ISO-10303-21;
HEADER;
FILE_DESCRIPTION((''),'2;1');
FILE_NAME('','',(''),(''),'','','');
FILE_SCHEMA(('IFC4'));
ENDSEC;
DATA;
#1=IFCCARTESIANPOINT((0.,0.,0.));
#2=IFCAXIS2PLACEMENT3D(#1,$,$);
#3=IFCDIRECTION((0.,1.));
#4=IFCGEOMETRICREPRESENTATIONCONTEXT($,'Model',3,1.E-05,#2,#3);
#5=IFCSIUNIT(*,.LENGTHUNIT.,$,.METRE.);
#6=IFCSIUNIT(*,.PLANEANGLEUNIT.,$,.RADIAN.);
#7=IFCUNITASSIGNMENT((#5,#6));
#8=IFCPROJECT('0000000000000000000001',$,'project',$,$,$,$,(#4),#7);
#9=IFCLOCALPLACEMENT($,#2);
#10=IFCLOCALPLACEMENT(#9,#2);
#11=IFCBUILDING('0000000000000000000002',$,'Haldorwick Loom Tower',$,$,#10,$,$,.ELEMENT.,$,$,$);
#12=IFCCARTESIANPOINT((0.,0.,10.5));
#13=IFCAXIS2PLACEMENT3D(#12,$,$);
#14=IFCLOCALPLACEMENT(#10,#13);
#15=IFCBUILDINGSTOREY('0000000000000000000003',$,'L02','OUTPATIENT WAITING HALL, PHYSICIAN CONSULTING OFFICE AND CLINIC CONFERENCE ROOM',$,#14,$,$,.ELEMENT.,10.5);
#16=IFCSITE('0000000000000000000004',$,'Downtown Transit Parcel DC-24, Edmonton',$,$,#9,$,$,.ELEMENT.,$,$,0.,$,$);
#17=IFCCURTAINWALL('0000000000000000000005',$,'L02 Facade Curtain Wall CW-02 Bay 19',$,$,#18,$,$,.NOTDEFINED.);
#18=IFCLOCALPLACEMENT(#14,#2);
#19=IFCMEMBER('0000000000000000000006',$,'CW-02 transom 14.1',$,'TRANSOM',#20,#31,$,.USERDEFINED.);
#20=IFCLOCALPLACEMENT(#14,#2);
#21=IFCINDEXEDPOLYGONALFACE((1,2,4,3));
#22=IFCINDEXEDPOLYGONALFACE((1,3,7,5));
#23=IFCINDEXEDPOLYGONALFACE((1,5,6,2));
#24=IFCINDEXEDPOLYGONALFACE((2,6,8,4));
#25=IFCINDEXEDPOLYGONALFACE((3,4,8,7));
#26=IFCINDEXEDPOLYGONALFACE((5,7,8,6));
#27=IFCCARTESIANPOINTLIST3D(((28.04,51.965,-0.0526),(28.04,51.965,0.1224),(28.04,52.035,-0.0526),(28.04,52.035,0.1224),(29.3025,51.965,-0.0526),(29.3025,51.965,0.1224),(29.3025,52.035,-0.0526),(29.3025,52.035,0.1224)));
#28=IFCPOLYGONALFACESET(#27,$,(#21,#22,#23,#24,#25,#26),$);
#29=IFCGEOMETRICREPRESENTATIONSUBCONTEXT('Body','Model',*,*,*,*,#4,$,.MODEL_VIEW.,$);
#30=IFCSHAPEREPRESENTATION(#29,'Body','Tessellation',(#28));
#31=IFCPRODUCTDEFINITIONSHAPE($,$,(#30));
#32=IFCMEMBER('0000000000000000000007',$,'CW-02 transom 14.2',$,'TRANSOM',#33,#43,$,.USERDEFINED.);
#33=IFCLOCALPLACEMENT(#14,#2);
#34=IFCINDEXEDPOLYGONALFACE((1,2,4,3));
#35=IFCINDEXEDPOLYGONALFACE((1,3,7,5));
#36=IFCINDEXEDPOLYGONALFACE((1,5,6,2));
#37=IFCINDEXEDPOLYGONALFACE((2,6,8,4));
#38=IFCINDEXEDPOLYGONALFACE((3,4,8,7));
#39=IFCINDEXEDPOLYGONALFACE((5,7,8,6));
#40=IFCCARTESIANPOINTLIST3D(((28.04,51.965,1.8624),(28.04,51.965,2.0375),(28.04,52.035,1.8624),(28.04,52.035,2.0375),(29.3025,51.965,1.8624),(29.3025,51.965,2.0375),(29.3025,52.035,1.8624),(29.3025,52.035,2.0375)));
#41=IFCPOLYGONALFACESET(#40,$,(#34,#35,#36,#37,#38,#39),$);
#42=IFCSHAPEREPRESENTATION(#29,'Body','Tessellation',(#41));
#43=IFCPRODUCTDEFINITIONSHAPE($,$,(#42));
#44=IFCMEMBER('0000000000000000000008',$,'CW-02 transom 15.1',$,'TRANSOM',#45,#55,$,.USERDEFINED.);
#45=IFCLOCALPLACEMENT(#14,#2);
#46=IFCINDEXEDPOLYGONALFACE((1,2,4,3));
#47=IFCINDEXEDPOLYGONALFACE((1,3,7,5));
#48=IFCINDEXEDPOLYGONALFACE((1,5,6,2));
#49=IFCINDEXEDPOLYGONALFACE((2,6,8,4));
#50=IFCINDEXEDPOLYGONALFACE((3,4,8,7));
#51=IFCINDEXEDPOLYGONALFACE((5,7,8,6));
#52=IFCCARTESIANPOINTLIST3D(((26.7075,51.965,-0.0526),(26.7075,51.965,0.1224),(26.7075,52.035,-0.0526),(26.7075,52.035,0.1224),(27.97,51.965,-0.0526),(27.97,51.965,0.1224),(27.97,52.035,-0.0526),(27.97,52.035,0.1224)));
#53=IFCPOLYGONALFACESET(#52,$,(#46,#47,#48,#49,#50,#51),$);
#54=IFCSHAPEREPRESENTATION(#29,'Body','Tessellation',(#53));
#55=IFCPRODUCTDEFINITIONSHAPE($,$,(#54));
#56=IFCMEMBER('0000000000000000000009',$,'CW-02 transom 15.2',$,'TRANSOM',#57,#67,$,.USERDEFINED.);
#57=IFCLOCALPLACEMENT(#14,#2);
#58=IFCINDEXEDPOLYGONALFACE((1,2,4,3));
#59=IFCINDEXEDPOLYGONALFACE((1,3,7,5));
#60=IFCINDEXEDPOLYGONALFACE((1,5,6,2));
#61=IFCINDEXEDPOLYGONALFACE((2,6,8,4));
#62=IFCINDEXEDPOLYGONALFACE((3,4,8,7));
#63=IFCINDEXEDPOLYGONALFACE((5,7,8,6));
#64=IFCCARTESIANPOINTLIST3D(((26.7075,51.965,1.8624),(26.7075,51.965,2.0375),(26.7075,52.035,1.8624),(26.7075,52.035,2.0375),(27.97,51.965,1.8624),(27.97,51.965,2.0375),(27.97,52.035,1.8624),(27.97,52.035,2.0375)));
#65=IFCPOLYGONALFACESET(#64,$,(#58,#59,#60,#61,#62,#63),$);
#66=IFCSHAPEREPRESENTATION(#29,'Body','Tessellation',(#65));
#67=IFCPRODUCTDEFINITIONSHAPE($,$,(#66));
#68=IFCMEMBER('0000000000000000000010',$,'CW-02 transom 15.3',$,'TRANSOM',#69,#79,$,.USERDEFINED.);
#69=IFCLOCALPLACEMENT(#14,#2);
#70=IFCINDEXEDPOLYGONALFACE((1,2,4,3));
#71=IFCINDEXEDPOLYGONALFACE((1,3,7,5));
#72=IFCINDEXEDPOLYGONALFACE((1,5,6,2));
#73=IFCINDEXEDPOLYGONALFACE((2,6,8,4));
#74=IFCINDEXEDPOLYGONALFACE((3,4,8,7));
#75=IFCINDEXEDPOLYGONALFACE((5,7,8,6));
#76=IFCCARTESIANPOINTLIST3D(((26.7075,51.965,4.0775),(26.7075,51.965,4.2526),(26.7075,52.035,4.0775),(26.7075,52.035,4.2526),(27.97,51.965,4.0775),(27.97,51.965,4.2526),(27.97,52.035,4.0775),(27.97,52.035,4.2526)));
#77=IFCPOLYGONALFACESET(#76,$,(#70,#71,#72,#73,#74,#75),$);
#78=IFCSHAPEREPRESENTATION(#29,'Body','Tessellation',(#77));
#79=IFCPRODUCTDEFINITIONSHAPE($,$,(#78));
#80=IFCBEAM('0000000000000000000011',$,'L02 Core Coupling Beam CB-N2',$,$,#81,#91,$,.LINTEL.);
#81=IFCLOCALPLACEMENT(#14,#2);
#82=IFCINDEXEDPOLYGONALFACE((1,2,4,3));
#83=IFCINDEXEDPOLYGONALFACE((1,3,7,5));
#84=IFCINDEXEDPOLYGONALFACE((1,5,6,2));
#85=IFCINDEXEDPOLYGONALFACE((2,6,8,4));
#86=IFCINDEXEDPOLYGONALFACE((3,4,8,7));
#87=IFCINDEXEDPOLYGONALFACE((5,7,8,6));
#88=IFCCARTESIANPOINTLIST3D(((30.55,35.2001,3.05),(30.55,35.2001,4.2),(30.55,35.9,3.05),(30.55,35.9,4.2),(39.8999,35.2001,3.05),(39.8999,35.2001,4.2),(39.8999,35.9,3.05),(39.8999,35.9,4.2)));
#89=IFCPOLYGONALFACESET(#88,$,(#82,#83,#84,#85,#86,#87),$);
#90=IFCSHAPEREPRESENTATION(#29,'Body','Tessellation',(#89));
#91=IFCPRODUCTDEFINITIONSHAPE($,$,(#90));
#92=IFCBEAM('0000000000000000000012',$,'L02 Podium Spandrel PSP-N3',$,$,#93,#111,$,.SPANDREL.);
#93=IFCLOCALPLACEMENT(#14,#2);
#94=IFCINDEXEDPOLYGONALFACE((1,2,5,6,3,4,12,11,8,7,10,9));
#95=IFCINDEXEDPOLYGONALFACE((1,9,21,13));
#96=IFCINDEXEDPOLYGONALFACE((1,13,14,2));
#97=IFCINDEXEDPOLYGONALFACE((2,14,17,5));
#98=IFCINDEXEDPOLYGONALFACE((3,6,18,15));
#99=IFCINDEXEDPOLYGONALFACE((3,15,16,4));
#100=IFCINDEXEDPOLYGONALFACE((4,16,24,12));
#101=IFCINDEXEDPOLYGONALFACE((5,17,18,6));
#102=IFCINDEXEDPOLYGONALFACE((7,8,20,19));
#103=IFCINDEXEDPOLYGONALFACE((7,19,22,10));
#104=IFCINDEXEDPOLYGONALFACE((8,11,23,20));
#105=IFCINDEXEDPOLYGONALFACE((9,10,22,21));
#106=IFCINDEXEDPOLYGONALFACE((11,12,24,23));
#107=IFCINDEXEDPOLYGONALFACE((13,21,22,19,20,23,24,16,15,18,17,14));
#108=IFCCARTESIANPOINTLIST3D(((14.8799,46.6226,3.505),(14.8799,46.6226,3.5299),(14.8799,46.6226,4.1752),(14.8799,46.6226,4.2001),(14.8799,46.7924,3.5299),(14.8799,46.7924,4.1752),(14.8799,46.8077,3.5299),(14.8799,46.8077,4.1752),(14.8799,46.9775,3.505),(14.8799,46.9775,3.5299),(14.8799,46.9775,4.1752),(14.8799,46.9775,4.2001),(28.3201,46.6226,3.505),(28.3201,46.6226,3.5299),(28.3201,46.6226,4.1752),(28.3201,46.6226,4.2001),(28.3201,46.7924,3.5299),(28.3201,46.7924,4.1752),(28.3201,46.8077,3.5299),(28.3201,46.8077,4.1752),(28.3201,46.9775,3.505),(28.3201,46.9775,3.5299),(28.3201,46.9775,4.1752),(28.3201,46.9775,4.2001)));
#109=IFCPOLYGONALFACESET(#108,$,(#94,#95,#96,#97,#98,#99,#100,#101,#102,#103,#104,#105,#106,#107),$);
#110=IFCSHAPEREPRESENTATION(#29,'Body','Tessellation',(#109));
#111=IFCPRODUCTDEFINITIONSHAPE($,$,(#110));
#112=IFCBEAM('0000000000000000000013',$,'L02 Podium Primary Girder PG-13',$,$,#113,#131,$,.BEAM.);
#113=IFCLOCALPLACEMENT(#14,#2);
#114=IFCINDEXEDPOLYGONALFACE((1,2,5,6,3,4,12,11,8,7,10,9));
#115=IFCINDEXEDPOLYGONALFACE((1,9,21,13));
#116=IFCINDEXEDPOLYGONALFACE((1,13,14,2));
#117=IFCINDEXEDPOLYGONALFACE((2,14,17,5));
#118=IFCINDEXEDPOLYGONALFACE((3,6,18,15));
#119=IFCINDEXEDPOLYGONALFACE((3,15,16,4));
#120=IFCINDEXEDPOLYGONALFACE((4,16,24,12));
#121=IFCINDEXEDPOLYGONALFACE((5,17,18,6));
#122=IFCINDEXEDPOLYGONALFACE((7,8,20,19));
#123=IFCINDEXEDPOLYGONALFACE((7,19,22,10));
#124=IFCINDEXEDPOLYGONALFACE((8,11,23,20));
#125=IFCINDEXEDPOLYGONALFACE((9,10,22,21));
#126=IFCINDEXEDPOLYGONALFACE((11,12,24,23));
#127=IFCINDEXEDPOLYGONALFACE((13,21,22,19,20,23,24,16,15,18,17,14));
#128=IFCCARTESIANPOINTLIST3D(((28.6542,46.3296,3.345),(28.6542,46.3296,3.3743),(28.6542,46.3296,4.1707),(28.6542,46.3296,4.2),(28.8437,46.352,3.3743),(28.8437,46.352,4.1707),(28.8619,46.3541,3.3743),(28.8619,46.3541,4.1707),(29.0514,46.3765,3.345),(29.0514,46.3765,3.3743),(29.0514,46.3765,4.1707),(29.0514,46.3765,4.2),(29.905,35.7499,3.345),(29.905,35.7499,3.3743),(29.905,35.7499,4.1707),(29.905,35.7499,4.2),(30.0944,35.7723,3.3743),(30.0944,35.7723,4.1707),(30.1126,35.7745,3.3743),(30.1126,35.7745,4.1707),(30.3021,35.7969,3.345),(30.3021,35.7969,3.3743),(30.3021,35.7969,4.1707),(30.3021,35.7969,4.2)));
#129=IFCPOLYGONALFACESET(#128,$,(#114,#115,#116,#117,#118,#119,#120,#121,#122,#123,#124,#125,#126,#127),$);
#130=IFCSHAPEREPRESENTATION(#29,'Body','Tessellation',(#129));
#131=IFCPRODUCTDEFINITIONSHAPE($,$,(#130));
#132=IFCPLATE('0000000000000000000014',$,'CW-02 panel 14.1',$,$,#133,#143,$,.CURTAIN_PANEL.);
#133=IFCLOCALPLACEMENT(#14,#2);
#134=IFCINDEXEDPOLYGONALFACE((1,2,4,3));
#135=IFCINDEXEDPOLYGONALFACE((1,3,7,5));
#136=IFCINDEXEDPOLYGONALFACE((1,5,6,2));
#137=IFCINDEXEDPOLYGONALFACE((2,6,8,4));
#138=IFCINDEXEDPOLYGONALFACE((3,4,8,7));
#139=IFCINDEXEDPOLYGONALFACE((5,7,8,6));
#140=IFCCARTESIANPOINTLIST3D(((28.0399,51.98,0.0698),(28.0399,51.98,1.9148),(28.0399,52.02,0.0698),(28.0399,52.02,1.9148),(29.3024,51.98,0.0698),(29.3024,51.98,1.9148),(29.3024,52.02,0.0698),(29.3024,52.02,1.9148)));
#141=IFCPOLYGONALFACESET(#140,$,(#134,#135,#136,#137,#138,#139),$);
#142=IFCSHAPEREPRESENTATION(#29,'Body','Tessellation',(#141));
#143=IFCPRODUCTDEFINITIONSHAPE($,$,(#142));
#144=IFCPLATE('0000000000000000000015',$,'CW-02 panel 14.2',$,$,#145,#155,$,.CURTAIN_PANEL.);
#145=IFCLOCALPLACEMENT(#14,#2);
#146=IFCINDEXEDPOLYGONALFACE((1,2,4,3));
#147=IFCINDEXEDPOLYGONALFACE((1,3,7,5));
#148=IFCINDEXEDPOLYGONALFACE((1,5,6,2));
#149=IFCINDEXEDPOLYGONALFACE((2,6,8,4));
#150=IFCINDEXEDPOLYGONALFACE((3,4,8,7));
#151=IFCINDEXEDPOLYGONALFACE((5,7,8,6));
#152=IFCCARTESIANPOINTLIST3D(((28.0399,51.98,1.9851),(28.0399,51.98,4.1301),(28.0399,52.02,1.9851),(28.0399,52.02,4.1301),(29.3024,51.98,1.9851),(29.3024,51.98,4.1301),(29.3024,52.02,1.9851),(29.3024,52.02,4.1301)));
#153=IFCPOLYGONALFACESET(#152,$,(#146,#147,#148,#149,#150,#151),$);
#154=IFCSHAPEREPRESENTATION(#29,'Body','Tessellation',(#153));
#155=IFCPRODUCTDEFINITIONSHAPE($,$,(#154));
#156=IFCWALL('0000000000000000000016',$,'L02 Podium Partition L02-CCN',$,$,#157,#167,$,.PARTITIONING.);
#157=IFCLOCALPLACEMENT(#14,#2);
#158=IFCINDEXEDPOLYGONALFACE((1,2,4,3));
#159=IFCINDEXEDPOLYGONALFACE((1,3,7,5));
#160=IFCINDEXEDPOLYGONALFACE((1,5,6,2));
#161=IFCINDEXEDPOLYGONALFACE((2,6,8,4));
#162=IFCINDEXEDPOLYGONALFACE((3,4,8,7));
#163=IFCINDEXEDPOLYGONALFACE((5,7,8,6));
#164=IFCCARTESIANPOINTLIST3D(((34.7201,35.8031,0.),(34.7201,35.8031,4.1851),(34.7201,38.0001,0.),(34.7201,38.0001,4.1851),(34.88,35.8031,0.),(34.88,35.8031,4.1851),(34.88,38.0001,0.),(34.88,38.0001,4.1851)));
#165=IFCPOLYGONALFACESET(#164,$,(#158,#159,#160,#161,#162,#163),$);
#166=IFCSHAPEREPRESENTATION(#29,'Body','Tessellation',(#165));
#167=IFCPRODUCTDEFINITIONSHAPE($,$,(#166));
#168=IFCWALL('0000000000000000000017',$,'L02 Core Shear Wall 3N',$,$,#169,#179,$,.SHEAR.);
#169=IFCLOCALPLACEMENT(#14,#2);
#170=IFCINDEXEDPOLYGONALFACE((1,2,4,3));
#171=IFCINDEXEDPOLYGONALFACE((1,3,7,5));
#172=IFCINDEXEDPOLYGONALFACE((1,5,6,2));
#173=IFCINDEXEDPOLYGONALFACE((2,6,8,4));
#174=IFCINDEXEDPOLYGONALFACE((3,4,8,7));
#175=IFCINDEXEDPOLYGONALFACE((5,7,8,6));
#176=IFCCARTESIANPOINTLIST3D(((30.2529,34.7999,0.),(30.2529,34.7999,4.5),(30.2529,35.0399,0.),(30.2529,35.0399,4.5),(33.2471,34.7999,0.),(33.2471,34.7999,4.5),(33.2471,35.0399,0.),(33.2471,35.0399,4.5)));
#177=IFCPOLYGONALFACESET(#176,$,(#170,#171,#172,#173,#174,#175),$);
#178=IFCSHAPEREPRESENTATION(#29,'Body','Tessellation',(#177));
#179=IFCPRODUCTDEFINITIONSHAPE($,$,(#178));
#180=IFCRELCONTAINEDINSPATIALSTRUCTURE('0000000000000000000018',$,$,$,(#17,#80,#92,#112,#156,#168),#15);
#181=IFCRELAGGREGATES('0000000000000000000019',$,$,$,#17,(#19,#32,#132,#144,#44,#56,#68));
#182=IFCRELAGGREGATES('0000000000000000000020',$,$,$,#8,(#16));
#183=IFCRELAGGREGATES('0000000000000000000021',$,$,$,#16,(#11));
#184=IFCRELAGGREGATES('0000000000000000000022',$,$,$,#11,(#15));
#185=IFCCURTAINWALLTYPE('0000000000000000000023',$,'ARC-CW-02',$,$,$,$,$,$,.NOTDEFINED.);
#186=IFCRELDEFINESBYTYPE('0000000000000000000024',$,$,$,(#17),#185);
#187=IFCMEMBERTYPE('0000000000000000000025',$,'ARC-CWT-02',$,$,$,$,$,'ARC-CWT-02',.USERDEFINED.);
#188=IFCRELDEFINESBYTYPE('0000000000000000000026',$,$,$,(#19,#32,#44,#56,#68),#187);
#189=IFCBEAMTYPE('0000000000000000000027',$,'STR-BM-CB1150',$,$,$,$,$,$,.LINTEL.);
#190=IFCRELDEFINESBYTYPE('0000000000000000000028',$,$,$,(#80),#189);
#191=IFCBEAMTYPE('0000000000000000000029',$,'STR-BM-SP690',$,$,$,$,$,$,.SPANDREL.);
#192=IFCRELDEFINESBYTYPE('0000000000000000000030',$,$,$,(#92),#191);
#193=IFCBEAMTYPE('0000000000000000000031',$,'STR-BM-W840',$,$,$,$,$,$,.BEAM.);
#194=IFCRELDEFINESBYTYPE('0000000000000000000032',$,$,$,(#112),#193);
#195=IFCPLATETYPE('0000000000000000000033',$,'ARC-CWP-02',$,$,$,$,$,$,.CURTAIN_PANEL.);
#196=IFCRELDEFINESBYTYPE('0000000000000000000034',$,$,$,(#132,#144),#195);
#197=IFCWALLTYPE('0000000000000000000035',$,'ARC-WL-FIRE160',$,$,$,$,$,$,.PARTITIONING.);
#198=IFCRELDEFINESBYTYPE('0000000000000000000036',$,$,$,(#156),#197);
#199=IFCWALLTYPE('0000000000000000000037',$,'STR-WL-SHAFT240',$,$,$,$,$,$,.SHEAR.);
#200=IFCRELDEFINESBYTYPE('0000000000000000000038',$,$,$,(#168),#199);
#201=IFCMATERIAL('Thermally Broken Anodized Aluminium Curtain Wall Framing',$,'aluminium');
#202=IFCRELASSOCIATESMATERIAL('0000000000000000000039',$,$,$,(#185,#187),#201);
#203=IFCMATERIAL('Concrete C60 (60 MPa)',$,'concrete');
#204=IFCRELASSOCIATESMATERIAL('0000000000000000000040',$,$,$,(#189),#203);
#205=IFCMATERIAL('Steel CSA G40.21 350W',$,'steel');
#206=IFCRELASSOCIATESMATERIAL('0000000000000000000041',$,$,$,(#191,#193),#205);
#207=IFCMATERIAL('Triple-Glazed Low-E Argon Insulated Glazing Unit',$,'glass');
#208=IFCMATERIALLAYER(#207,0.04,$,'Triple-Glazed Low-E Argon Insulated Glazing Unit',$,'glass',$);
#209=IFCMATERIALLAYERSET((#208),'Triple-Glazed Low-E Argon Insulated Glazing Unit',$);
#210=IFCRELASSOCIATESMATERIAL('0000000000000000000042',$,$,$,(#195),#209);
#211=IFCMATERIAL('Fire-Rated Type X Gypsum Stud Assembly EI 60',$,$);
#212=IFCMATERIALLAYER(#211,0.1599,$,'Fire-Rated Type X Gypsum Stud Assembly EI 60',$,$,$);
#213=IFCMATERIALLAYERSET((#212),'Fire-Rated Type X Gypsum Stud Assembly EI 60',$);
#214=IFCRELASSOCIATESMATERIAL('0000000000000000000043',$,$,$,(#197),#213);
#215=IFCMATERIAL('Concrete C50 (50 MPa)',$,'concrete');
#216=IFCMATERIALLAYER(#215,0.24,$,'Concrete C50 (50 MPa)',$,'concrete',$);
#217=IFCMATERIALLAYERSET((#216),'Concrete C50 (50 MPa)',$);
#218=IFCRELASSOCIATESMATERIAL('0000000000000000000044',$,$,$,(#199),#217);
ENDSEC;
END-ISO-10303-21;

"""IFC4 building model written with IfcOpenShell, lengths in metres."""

from ifc_helpers import new_model, si_unit, direction, frame, frame_2d, origin, origin_2d, place, context, subcontext, project, spatial, rectangle, i_section, extrude, material, layer, layer_set, material_profile, profile_set, type_object, element, aggregate, save


model = new_model("IFC4")

# Units and contexts
model_context = context("Model", 3, precision=1e-05, world=origin(), true_north=direction((0.0, 1.0)))
body_context = subcontext(model_context, "Body", "Model", "MODEL_VIEW")
ifc_project = project(units=[si_unit("LENGTHUNIT", "METRE"), si_unit("PLANEANGLEUNIT", "RADIAN")], contexts=[model_context])

# Site, building, storey
site_placement = place(None, origin())
site = spatial("IfcSite", under=ifc_project, at=site_placement, Name="Downtown Transit Parcel DC-24, Edmonton", CompositionType="ELEMENT", RefElevation=0.0)
building_placement = place(site_placement, origin())
building = spatial("IfcBuilding", under=site, at=building_placement, Name="Haldorwick Loom Tower", CompositionType="ELEMENT")
storey_placement = place(building_placement, frame((0.0, 0.0, 10.5)))
storey = spatial("IfcBuildingStorey", under=building, at=storey_placement, Name="L02", Description="OUTPATIENT WAITING HALL, PHYSICIAN CONSULTING OFFICE AND CLINIC CONFERENCE ROOM", CompositionType="ELEMENT", Elevation=10.5)

# Shared definitions
ifc_material_1 = material(Name="Concrete C60 (60 MPa)", Category="concrete")

# Curtain wall, members
ifc_material_2 = material(Name="Thermally Broken Anodized Aluminium Curtain Wall Framing", Category="aluminium")
curtain_wall_type = type_object("IfcCurtainWallType", Name="ARC-CW-02", PredefinedType="NOTDEFINED", material=ifc_material_2)
curtain_wall_placement = place(storey_placement, origin())
curtain_wall = element("IfcCurtainWall", 1, at=curtain_wall_placement, inside=storey, type_object=curtain_wall_type, Name="L02 Facade Curtain Wall CW-02 Bay 19", PredefinedType="NOTDEFINED")
ifc_material_profile_1 = material_profile(ifc_material_2, rectangle(XDim=0.0701, YDim=0.175, at=origin_2d()), Name="ALU_TRN_70X175", Category="aluminium")
ifc_profile_set_1 = profile_set([ifc_material_profile_1], Name="Thermally Broken Anodized Aluminium Curtain Wall Framing")
member_type_1 = type_object("IfcMemberType", Name="ARC-CWT-02", ElementType="ARC-CWT-02", PredefinedType="USERDEFINED", material=ifc_profile_set_1)
member_1_placement = place(storey_placement, frame((29.3025, 52.0, 0.0349), z_axis=(-1.0, 0.0, 0.0), x_axis=(0.0, -1.0, 0.0)))
member_1 = element("IfcMember", 2, at=member_1_placement, type_object=member_type_1, Name="CW-02 transom 14.1", ObjectType="TRANSOM", PredefinedType="USERDEFINED", context=body_context, shape_type="SweptSolid", body=[
    extrude(rectangle(XDim=0.0701, YDim=0.175, at=origin_2d()), origin(), (0.0, 0.0, 1.0), 1.2625),
])
member_2_placement = place(storey_placement, frame((29.3025, 52.0, 1.95), z_axis=(-1.0, 0.0, 0.0), x_axis=(0.0, -1.0, 0.0)))
member_2 = element("IfcMember", 3, at=member_2_placement, type_object=member_type_1, Name="CW-02 transom 14.2", ObjectType="TRANSOM", PredefinedType="USERDEFINED", context=body_context, shape_type="SweptSolid", body=[
    extrude(rectangle(XDim=0.0701, YDim=0.175, at=origin_2d()), origin(), (0.0, 0.0, 1.0), 1.2625),
])
member_3_placement = place(storey_placement, frame((27.97, 52.0, 0.0349), z_axis=(-1.0, 0.0, 0.0), x_axis=(0.0, -1.0, 0.0)))
member_3 = element("IfcMember", 4, at=member_3_placement, type_object=member_type_1, Name="CW-02 transom 15.1", ObjectType="TRANSOM", PredefinedType="USERDEFINED", context=body_context, shape_type="SweptSolid", body=[
    extrude(rectangle(XDim=0.0701, YDim=0.175, at=origin_2d()), origin(), (0.0, 0.0, 1.0), 1.2625),
])
member_4_placement = place(storey_placement, frame((27.97, 52.0, 1.95), z_axis=(-1.0, 0.0, 0.0), x_axis=(0.0, -1.0, 0.0)))
member_4 = element("IfcMember", 5, at=member_4_placement, type_object=member_type_1, Name="CW-02 transom 15.2", ObjectType="TRANSOM", PredefinedType="USERDEFINED", context=body_context, shape_type="SweptSolid", body=[
    extrude(rectangle(XDim=0.0701, YDim=0.175, at=origin_2d()), origin(), (0.0, 0.0, 1.0), 1.2625),
])
member_5_placement = place(storey_placement, frame((27.97, 52.0, 4.165), z_axis=(-1.0, 0.0, 0.0), x_axis=(0.0, -1.0, 0.0)))
member_5 = element("IfcMember", 6, at=member_5_placement, type_object=member_type_1, Name="CW-02 transom 15.3", ObjectType="TRANSOM", PredefinedType="USERDEFINED", context=body_context, shape_type="SweptSolid", body=[
    extrude(rectangle(XDim=0.0701, YDim=0.175, at=origin_2d()), origin(), (0.0, 0.0, 1.0), 1.2625),
])

# Beams
ifc_material_profile_2 = material_profile(ifc_material_1, rectangle(XDim=0.7, YDim=1.1499, at=origin_2d()), Name="RC700X1150", Category="concrete")
ifc_profile_set_2 = profile_set([ifc_material_profile_2], Name="Concrete C60 (60 MPa)")
beam_type_1 = type_object("IfcBeamType", Name="STR-BM-CB1150", PredefinedType="LINTEL", material=ifc_profile_set_2)
beam_1_placement = place(storey_placement, frame((30.55, 35.55, 3.625), z_axis=(1.0, 0.0, 0.0), x_axis=(0.0, 1.0, 0.0)))
element("IfcBeam", 7, at=beam_1_placement, inside=storey, type_object=beam_type_1, Name="L02 Core Coupling Beam CB-N2", PredefinedType="LINTEL", context=body_context, shape_type="SweptSolid", body=[
    extrude(rectangle(XDim=0.7, YDim=1.1499, at=origin_2d()), origin(), (0.0, 0.0, 1.0), 9.3499),
])
ifc_material_3 = material(Name="Steel CSA G40.21 350W", Category="steel")
ifc_material_profile_3 = material_profile(ifc_material_3, i_section(OverallWidth=0.355, OverallDepth=0.6951, WebThickness=0.0154, FlangeThickness=0.0249, at=origin_2d()), Name="W690X217", Category="steel")
ifc_profile_set_3 = profile_set([ifc_material_profile_3], Name="Steel CSA G40.21 350W")
beam_type_2 = type_object("IfcBeamType", Name="STR-BM-SP690", PredefinedType="SPANDREL", material=ifc_profile_set_3)
beam_2_placement = place(storey_placement, frame((28.3201, 46.8, 3.8525), z_axis=(-1.0, 0.0, 0.0), x_axis=(0.0, -1.0, 0.0)))
element("IfcBeam", 8, at=beam_2_placement, inside=storey, type_object=beam_type_2, Name="L02 Podium Spandrel PSP-N3", PredefinedType="SPANDREL", context=body_context, shape_type="SweptSolid", body=[
    extrude(i_section(OverallWidth=0.355, OverallDepth=0.6951, WebThickness=0.0154, FlangeThickness=0.0249, at=origin_2d()), origin(), (0.0, 0.0, 1.0), 13.4402),
])
ifc_material_profile_4 = material_profile(ifc_material_3, i_section(OverallWidth=0.3999, OverallDepth=0.855, WebThickness=0.0183, FlangeThickness=0.0293, at=origin_2d()), Name="W840X299", Category="steel")
ifc_profile_set_4 = profile_set([ifc_material_profile_4], Name="Steel CSA G40.21 350W")
beam_type_3 = type_object("IfcBeamType", Name="STR-BM-W840", PredefinedType="BEAM", material=ifc_profile_set_4)
beam_3_placement = place(storey_placement, frame((28.8528, 46.353, 3.7725), z_axis=(0.117404, -0.993084, 0.0), x_axis=(0.993084, 0.117404, 0.0)))
element("IfcBeam", 9, at=beam_3_placement, inside=storey, type_object=beam_type_3, Name="L02 Podium Primary Girder PG-13", PredefinedType="BEAM", context=body_context, shape_type="SweptSolid", body=[
    extrude(i_section(OverallWidth=0.3999, OverallDepth=0.855, WebThickness=0.0183, FlangeThickness=0.0293, at=origin_2d()), origin(), (0.0, 0.0, 1.0), 10.6533),
])

# Plates
ifc_material_4 = material(Name="Triple-Glazed Low-E Argon Insulated Glazing Unit", Category="glass")
ifc_layer_1 = layer(ifc_material_4, 0.04, Name="Triple-Glazed Low-E Argon Insulated Glazing Unit", Category="glass")
ifc_layer_set_1 = layer_set([ifc_layer_1], Name="Triple-Glazed Low-E Argon Insulated Glazing Unit")
plate_type = type_object("IfcPlateType", Name="ARC-CWP-02", PredefinedType="CURTAIN_PANEL", material=ifc_layer_set_1)
plate_1_placement = place(storey_placement, frame((28.6711, 52.0, 0.0698), z_axis=(0.0, 0.0, 1.0), x_axis=(-1.0, 0.0, 0.0)))
plate_1 = element("IfcPlate", 10, at=plate_1_placement, type_object=plate_type, Name="CW-02 panel 14.1", PredefinedType="CURTAIN_PANEL", context=body_context, shape_type="SweptSolid", body=[
    extrude(rectangle(XDim=1.2625, YDim=0.04, at=origin_2d()), origin(), (0.0, 0.0, 1.0), 1.845),
])
plate_2_placement = place(storey_placement, frame((28.6711, 52.0, 1.9851), z_axis=(0.0, 0.0, 1.0), x_axis=(-1.0, 0.0, 0.0)))
plate_2 = element("IfcPlate", 11, at=plate_2_placement, type_object=plate_type, Name="CW-02 panel 14.2", PredefinedType="CURTAIN_PANEL", context=body_context, shape_type="SweptSolid", body=[
    extrude(rectangle(XDim=1.2625, YDim=0.04, at=origin_2d()), origin(), (0.0, 0.0, 1.0), 2.145),
])
aggregate(curtain_wall, [member_1, member_2, plate_1, plate_2, member_3, member_4, member_5])

# Walls
ifc_material_5 = material(Name="Fire-Rated Type X Gypsum Stud Assembly EI 60")
ifc_layer_2 = layer(ifc_material_5, 0.1599, Name="Fire-Rated Type X Gypsum Stud Assembly EI 60")
ifc_layer_set_2 = layer_set([ifc_layer_2], Name="Fire-Rated Type X Gypsum Stud Assembly EI 60")
wall_type_1 = type_object("IfcWallType", Name="ARC-WL-FIRE160", PredefinedType="PARTITIONING", material=ifc_layer_set_2)
wall_1_placement = place(storey_placement, frame((34.8, 35.803, 0.0), z_axis=(0.0, 0.0, 1.0), x_axis=(0.0, 1.0, 0.0)))
element("IfcWall", 12, at=wall_1_placement, inside=storey, type_object=wall_type_1, Name="L02 Podium Partition L02-CCN", PredefinedType="PARTITIONING", context=body_context, shape_type="SweptSolid", body=[
    extrude(rectangle(XDim=2.197, YDim=0.1599, at=frame_2d((1.0986, 0.0))), origin(), (0.0, 0.0, 1.0), 4.1851),
])
ifc_material_6 = material(Name="Concrete C50 (50 MPa)", Category="concrete")
ifc_layer_3 = layer(ifc_material_6, 0.24, Name="Concrete C50 (50 MPa)", Category="concrete")
ifc_layer_set_3 = layer_set([ifc_layer_3], Name="Concrete C50 (50 MPa)")
wall_type_2 = type_object("IfcWallType", Name="STR-WL-SHAFT240", PredefinedType="SHEAR", material=ifc_layer_set_3)
wall_2_placement = place(storey_placement, frame((30.2529, 34.9199, 0.0), z_axis=(0.0, 0.0, 1.0), x_axis=(1.0, 0.0, 0.0)))
element("IfcWall", 13, at=wall_2_placement, inside=storey, type_object=wall_type_2, Name="L02 Core Shear Wall 3N", PredefinedType="SHEAR", context=body_context, shape_type="SweptSolid", body=[
    extrude(rectangle(XDim=2.9941, YDim=0.24, at=frame_2d((1.4971, 0.0))), origin(), (0.0, 0.0, 1.0), 4.5),
])

save(model, "model.ifc")
